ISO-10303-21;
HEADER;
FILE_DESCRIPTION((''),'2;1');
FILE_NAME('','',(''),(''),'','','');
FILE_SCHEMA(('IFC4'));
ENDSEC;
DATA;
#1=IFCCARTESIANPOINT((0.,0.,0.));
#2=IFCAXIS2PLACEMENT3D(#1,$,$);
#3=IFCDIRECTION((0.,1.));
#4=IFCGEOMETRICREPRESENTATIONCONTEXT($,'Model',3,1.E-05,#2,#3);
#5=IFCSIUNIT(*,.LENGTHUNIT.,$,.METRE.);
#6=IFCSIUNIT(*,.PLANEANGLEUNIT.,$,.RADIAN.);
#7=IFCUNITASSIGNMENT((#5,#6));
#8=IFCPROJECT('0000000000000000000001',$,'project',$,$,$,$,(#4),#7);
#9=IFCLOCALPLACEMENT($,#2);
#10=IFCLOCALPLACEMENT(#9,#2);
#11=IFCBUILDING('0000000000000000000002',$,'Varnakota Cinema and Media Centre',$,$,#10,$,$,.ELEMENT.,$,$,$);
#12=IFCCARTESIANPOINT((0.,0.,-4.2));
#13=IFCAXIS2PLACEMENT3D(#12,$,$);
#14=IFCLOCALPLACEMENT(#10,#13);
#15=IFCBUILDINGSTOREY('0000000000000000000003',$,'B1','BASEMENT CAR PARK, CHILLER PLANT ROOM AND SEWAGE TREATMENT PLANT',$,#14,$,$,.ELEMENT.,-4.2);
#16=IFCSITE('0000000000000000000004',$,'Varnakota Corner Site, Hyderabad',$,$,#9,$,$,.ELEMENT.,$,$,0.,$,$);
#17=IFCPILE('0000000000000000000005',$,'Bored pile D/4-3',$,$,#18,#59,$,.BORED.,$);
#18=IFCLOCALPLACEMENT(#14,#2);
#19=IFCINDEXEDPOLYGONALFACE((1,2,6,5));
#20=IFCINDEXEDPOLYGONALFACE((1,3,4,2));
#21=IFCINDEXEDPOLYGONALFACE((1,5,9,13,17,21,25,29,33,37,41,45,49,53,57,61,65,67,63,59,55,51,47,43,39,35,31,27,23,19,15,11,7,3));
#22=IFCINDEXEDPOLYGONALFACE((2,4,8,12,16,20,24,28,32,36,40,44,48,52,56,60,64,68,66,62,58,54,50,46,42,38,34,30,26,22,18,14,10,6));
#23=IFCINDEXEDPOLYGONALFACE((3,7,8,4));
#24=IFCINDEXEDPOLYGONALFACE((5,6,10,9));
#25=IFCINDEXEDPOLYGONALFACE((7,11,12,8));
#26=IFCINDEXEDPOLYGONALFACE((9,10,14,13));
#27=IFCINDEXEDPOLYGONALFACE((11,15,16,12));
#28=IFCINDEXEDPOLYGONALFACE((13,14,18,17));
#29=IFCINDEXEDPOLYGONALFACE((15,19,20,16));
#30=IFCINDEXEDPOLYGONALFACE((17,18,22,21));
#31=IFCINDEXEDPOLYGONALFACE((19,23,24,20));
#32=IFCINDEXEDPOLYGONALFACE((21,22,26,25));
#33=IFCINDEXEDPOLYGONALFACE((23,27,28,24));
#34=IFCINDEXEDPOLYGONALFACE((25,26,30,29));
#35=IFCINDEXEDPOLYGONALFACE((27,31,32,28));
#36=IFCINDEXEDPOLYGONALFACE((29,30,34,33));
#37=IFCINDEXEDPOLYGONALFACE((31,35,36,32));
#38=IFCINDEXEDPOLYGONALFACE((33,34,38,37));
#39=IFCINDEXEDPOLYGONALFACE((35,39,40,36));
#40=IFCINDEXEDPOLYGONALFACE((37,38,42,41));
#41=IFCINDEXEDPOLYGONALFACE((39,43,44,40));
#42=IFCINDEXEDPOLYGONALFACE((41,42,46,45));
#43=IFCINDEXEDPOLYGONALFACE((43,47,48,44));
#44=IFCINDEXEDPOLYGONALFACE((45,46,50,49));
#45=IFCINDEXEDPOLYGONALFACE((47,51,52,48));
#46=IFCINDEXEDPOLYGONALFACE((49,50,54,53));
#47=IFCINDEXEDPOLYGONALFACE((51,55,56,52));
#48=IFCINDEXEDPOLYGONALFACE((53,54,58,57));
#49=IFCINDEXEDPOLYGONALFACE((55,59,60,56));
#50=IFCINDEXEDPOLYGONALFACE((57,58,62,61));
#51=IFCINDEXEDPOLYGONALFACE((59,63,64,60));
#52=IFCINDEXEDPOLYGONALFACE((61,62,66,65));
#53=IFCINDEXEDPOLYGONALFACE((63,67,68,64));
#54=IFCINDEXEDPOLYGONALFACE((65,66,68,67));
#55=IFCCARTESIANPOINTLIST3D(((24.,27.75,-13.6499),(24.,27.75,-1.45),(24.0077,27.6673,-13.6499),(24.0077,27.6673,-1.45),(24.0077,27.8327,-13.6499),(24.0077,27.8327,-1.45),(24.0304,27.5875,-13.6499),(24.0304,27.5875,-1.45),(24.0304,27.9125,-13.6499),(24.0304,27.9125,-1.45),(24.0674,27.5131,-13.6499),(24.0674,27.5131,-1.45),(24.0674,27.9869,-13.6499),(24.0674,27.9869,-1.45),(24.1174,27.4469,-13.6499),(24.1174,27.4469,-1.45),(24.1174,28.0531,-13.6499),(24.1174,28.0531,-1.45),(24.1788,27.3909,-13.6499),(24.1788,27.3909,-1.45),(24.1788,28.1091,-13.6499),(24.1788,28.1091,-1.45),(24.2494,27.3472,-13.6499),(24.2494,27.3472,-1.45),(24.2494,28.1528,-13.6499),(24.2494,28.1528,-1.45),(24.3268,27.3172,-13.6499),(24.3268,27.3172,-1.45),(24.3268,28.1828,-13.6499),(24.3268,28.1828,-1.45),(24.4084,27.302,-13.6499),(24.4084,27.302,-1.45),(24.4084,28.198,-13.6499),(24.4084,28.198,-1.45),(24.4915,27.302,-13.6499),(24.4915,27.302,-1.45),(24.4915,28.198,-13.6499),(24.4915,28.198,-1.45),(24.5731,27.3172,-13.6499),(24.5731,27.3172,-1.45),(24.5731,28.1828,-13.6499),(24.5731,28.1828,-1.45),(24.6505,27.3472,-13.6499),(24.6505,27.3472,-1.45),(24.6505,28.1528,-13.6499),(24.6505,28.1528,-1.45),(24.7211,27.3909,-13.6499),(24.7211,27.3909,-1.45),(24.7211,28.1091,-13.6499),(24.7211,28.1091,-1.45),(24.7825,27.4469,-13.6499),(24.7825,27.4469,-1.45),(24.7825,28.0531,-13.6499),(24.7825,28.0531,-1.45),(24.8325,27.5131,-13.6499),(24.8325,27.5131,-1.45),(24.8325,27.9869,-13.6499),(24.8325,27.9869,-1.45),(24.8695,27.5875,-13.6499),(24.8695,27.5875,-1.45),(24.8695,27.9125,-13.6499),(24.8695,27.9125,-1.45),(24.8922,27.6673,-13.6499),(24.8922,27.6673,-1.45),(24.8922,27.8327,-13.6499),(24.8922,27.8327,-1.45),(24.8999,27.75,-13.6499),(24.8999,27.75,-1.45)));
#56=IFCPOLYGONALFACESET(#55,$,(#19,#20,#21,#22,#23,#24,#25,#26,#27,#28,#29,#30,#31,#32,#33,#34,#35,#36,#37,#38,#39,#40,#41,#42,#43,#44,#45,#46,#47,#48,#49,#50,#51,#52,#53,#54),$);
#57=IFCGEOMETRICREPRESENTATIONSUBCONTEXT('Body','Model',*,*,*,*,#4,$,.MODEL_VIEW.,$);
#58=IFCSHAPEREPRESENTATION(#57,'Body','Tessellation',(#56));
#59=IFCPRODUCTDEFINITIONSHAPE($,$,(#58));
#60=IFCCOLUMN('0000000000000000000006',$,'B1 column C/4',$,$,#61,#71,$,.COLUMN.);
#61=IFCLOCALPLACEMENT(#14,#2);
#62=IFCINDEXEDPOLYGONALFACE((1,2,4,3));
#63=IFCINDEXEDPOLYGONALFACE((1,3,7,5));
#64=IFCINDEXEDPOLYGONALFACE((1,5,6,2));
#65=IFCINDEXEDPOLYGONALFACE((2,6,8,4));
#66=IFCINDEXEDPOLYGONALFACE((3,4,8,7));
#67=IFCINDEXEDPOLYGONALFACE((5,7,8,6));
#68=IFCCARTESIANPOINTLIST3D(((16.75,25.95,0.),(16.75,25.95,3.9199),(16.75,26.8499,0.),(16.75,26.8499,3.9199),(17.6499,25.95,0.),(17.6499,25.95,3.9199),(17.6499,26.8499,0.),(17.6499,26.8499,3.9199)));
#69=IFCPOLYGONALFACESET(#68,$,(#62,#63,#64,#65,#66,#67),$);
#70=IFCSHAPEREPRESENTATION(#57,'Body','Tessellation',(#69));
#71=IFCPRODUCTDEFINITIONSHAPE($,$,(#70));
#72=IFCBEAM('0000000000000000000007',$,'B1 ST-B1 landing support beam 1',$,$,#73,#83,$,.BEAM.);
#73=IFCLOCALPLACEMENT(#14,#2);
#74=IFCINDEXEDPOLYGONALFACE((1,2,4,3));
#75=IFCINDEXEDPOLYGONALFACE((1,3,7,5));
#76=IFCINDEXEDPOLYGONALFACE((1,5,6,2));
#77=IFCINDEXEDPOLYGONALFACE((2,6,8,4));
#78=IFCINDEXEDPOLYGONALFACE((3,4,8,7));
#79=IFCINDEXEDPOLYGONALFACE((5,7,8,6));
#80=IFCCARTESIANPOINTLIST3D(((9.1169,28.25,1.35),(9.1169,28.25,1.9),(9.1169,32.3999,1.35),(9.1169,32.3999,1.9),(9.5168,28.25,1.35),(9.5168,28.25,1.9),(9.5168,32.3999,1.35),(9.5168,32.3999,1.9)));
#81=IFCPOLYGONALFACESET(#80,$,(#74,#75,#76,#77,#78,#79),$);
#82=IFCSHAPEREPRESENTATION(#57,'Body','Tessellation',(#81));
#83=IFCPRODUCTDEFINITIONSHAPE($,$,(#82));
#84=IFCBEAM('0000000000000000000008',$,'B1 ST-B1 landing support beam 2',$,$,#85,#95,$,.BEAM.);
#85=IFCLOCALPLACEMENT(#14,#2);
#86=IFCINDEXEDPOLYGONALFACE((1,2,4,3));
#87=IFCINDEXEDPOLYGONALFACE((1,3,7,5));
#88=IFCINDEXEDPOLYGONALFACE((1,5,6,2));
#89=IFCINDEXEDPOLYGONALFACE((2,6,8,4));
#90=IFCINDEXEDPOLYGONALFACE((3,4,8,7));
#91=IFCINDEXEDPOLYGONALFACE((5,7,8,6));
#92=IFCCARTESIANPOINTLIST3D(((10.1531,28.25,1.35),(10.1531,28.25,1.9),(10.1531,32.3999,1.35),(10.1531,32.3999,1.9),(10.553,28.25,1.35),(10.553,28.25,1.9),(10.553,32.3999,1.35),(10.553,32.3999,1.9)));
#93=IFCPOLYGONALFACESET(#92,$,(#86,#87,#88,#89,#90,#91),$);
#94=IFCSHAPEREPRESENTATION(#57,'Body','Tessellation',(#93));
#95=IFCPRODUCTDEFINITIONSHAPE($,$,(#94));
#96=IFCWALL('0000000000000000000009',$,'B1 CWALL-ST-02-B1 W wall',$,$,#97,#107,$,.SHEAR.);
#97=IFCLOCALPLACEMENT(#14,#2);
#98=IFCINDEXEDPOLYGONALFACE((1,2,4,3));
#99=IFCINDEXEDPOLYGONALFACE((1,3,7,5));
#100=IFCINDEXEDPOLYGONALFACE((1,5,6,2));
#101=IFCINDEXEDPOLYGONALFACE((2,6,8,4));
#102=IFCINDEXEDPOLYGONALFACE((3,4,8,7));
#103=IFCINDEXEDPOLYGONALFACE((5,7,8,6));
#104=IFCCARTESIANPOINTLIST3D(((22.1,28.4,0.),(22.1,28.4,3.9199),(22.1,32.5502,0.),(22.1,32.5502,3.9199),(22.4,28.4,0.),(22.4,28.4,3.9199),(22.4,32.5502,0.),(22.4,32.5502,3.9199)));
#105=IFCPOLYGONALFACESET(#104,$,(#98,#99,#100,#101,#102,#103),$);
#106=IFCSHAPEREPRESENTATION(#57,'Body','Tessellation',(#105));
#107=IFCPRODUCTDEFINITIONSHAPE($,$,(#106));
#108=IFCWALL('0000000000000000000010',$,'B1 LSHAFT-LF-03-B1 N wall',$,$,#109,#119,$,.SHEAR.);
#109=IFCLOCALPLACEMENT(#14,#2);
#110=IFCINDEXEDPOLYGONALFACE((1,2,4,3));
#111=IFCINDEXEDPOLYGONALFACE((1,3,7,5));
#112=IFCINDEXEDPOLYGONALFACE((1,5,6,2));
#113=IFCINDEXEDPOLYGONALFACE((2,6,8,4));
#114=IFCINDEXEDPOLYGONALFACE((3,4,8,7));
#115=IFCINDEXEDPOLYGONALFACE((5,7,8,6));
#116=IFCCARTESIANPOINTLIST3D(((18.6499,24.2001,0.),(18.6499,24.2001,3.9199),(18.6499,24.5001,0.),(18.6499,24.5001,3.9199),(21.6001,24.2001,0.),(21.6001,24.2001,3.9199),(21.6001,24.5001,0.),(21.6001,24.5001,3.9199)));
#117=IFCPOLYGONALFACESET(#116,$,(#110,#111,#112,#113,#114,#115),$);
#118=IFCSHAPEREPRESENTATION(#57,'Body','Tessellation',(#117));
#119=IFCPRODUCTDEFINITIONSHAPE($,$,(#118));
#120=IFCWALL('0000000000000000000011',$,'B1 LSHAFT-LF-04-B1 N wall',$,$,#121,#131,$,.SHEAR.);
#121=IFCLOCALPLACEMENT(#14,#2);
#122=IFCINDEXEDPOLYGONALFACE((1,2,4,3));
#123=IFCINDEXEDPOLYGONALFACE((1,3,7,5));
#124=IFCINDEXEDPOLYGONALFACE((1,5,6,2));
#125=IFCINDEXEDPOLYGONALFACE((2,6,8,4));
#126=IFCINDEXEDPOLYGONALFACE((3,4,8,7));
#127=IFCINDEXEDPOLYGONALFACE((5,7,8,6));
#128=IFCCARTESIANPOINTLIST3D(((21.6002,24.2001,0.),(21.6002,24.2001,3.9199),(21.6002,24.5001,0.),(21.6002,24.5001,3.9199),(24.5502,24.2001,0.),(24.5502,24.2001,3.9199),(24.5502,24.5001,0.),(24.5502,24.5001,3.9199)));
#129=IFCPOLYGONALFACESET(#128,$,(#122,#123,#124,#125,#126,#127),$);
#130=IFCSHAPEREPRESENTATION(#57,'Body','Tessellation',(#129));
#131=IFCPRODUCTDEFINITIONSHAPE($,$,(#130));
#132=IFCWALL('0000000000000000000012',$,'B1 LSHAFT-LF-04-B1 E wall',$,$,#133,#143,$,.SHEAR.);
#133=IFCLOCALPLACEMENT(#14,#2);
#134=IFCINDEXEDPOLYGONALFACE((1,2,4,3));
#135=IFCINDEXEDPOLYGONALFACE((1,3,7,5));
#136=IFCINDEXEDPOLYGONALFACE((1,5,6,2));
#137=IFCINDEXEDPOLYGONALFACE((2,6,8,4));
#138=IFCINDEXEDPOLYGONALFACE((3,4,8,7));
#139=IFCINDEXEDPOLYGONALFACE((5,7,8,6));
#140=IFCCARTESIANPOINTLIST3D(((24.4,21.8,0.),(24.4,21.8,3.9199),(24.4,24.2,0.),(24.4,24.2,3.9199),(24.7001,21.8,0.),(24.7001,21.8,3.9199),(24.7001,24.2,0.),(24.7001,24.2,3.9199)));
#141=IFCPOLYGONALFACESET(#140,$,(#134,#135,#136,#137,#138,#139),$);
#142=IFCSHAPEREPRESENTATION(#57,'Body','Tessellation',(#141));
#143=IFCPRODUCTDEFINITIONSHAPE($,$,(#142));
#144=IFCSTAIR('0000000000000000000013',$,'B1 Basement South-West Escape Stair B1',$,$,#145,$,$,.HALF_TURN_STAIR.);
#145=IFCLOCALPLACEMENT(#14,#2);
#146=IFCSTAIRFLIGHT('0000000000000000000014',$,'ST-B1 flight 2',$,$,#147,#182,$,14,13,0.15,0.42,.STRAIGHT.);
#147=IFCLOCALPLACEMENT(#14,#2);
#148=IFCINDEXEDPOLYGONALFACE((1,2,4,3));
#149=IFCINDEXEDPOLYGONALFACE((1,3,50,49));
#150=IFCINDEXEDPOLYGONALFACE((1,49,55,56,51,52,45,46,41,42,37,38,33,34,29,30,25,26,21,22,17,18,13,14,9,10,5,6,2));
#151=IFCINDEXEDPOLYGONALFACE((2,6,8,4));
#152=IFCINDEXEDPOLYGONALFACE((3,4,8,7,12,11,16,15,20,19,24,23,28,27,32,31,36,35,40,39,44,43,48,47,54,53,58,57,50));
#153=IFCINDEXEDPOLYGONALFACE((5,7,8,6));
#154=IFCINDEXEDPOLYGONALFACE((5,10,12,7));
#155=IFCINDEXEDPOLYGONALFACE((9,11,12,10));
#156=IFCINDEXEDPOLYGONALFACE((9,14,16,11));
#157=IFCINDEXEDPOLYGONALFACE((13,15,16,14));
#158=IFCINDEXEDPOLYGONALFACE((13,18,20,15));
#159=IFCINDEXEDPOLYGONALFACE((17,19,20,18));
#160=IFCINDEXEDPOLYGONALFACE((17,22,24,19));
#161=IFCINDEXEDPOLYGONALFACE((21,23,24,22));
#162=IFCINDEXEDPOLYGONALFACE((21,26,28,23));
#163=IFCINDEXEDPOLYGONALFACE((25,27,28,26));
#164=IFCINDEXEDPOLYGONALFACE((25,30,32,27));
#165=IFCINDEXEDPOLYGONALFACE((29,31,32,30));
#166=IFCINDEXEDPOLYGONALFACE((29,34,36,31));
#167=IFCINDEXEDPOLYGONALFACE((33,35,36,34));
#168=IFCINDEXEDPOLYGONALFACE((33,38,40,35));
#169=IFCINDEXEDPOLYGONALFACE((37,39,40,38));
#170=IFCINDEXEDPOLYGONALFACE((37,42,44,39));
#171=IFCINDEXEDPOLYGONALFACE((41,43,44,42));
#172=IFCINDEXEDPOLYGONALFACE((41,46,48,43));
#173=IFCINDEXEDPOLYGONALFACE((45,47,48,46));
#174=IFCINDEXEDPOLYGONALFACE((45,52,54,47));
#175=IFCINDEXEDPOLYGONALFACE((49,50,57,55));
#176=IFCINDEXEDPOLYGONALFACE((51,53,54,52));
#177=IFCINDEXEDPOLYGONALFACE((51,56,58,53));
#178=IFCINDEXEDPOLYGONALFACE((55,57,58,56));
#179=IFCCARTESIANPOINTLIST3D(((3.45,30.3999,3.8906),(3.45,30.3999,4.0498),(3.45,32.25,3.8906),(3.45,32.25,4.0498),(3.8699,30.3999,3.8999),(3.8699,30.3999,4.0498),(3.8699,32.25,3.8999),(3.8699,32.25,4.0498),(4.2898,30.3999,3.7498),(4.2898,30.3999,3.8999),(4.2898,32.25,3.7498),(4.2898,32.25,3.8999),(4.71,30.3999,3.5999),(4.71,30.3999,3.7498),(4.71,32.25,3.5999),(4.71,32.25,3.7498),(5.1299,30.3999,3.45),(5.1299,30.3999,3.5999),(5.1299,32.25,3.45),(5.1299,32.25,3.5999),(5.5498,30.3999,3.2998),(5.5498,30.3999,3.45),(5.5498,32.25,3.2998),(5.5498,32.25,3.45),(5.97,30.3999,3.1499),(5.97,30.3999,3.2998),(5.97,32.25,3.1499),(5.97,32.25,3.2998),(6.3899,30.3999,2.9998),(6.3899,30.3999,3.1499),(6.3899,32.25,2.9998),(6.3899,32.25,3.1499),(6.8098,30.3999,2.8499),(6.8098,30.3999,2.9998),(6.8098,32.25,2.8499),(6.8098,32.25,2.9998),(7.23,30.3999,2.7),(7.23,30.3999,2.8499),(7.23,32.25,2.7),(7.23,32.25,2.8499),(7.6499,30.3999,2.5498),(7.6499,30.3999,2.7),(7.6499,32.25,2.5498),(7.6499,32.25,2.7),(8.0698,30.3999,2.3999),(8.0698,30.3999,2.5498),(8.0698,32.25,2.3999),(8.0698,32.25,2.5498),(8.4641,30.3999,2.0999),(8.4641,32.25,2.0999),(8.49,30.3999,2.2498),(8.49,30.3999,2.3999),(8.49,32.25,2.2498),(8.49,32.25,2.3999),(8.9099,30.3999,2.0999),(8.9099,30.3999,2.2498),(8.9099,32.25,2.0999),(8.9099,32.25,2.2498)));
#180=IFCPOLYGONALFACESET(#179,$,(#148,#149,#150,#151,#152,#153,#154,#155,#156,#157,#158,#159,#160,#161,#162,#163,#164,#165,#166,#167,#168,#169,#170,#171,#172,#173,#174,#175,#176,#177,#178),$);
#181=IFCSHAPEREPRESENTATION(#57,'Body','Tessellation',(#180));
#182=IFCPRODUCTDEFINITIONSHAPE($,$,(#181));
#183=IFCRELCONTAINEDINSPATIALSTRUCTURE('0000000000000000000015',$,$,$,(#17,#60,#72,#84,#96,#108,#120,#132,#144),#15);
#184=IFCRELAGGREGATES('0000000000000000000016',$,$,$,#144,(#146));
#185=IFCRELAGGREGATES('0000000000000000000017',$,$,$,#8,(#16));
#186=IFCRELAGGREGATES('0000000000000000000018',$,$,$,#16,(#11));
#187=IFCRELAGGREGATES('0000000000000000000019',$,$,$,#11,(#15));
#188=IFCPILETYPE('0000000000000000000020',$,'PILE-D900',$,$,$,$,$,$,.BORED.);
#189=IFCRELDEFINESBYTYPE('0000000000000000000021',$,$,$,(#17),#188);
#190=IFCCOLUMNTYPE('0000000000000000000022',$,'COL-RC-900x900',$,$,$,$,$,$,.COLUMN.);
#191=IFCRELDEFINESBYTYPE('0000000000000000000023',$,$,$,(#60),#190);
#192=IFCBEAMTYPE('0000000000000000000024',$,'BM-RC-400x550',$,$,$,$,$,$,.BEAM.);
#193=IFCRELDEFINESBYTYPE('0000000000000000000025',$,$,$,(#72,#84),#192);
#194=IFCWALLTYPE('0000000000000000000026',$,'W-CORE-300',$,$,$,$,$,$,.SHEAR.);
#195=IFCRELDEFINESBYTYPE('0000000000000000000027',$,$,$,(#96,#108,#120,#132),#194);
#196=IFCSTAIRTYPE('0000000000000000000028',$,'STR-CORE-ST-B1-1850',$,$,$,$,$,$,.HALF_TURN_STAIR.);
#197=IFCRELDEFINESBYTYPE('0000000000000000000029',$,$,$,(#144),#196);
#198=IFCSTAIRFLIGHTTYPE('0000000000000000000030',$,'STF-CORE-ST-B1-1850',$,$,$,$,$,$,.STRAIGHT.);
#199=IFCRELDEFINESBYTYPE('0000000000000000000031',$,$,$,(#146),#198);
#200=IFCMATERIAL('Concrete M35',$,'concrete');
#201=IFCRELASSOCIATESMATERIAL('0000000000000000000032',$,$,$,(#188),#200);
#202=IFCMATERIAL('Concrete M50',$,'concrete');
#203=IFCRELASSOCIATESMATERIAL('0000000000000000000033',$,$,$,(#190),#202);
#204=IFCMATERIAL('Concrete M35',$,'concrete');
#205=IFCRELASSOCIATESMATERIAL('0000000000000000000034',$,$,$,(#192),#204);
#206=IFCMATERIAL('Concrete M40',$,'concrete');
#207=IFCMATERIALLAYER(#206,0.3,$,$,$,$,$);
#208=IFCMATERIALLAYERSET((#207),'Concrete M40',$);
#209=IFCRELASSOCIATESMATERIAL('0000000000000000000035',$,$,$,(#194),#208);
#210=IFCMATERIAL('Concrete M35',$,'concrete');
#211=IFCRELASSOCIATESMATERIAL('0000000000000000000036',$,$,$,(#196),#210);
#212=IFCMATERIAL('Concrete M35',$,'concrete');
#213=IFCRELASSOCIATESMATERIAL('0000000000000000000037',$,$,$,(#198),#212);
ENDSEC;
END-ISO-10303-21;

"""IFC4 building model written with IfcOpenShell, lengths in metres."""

from ifc_helpers import new_model, si_unit, direction, frame, frame_2d, origin, origin_2d, place, context, subcontext, project, spatial, polyline, rectangle, circle, outline, extrude, material, layer, layer_set, material_profile, profile_set, type_object, element, aggregate, save


model = new_model("IFC4")

# Units and contexts
model_context = context("Model", 3, precision=1e-05, world=origin(), true_north=direction((0.0, 1.0)))
body_context = subcontext(model_context, "Body", "Model", "MODEL_VIEW")
ifc_project = project(units=[si_unit("LENGTHUNIT", "METRE"), si_unit("PLANEANGLEUNIT", "RADIAN")], contexts=[model_context])

# Site, building, storey
site_placement = place(None, origin())
site = spatial("IfcSite", under=ifc_project, at=site_placement, Name="Varnakota Corner Site, Hyderabad", CompositionType="ELEMENT", RefElevation=0.0)
building_placement = place(site_placement, origin())
building = spatial("IfcBuilding", under=site, at=building_placement, Name="Varnakota Cinema and Media Centre", CompositionType="ELEMENT")
storey_placement = place(building_placement, frame((0.0, 0.0, -4.2)))
storey = spatial("IfcBuildingStorey", under=building, at=storey_placement, Name="B1", Description="BASEMENT CAR PARK, CHILLER PLANT ROOM AND SEWAGE TREATMENT PLANT", CompositionType="ELEMENT", Elevation=-4.2)

# Pile
ifc_material_1 = material(Name="Concrete M35", Category="concrete")
ifc_material_profile_1 = material_profile(ifc_material_1, circle(Radius=0.45, at=origin_2d()), Name="PILE D900")
ifc_profile_set_1 = profile_set([ifc_material_profile_1], Name="Concrete M35")
pile_type_1 = type_object("IfcPileType", Name="PILE-D900", PredefinedType="BORED", material=ifc_profile_set_1)
for number, where, z_axis, x_axis, name in (
    (1, (24.45, 27.75, -1.45), (0.0, 0.0, -1.0), (1.0, 0.0, 0.0), "Bored pile D/4-3"),
):
    element("IfcPile", number, at=place(storey_placement, frame(where, z_axis=z_axis, x_axis=x_axis)), inside=storey, type_object=pile_type_1, Name=name, PredefinedType="BORED", context=body_context, shape_type="SweptSolid", body=[
        extrude(circle(Radius=0.45, at=origin_2d()), origin(), (0.0, 0.0, 1.0), 12.2),
    ])

# Column
ifc_material_2 = material(Name="Concrete M50", Category="concrete")
ifc_material_profile_2 = material_profile(ifc_material_2, rectangle(XDim=0.8999, YDim=0.8999, at=origin_2d()), Name="RC 900x900")
ifc_profile_set_2 = profile_set([ifc_material_profile_2], Name="Concrete M50")
column_type = type_object("IfcColumnType", Name="COL-RC-900x900", PredefinedType="COLUMN", material=ifc_profile_set_2)
column_placement = place(storey_placement, frame((17.2, 26.3999, 0.0), z_axis=(0.0, 0.0, 1.0), x_axis=(1.0, 0.0, 0.0)))
element("IfcColumn", 2, at=column_placement, inside=storey, type_object=column_type, Name="B1 column C/4", PredefinedType="COLUMN", context=body_context, shape_type="SweptSolid", body=[
    extrude(rectangle(XDim=0.8999, YDim=0.8999, at=origin_2d()), origin(), (0.0, 0.0, 1.0), 3.9199),
])

# Beams
ifc_material_3 = material(Name="Concrete M35", Category="concrete")
ifc_material_profile_3 = material_profile(ifc_material_3, rectangle(XDim=0.3999, YDim=0.55, at=origin_2d()), Name="RCB 400x550")
ifc_profile_set_3 = profile_set([ifc_material_profile_3], Name="Concrete M35")
beam_type = type_object("IfcBeamType", Name="BM-RC-400x550", PredefinedType="BEAM", material=ifc_profile_set_3)
for number, where, z_axis, x_axis, name in (
    (3, (9.3169, 28.25, 1.625), (0.0, 1.0, 0.0), (-1.0, 0.0, 0.0), "B1 ST-B1 landing support beam 1"),
    (4, (10.353, 28.25, 1.625), (0.0, 1.0, 0.0), (-1.0, 0.0, 0.0), "B1 ST-B1 landing support beam 2"),
):
    element("IfcBeam", number, at=place(storey_placement, frame(where, z_axis=z_axis, x_axis=x_axis)), inside=storey, type_object=beam_type, Name=name, PredefinedType="BEAM", context=body_context, shape_type="SweptSolid", body=[
        extrude(rectangle(XDim=0.3999, YDim=0.55, at=origin_2d()), origin(), (0.0, 0.0, 1.0), 4.1499),
    ])

# Wall
ifc_material_4 = material(Name="Concrete M40", Category="concrete")
ifc_layer_1 = layer(ifc_material_4, 0.3)
ifc_layer_set_1 = layer_set([ifc_layer_1], Name="Concrete M40")
wall_type = type_object("IfcWallType", Name="W-CORE-300", PredefinedType="SHEAR", material=ifc_layer_set_1)
wall_1_placement = place(storey_placement, frame((22.25, 28.3999, 0.0), z_axis=(0.0, 0.0, 1.0), x_axis=(0.0, 1.0, 0.0)))
element("IfcWall", 5, at=wall_1_placement, inside=storey, type_object=wall_type, Name="B1 CWALL-ST-02-B1 W wall", PredefinedType="SHEAR", context=body_context, shape_type="SweptSolid", body=[
    extrude(rectangle(XDim=4.1501, YDim=0.3, at=frame_2d((2.0752, 0.0))), origin(), (0.0, 0.0, 1.0), 3.9199),
])

# Walls
wall_2_placement = place(storey_placement, frame((18.6499, 24.3501, 0.0), z_axis=(0.0, 0.0, 1.0), x_axis=(1.0, 0.0, 0.0)))
element("IfcWall", 6, at=wall_2_placement, inside=storey, type_object=wall_type, Name="B1 LSHAFT-LF-03-B1 N wall", PredefinedType="SHEAR", context=body_context, shape_type="SweptSolid", body=[
    extrude(rectangle(XDim=2.9502, YDim=0.3, at=frame_2d((1.4751, 0.0))), origin(), (0.0, 0.0, 1.0), 3.9199),
])
wall_3_placement = place(storey_placement, frame((21.6001, 24.3501, 0.0), z_axis=(0.0, 0.0, 1.0), x_axis=(1.0, 0.0, 0.0)))
element("IfcWall", 7, at=wall_3_placement, inside=storey, type_object=wall_type, Name="B1 LSHAFT-LF-04-B1 N wall", PredefinedType="SHEAR", context=body_context, shape_type="SweptSolid", body=[
    extrude(rectangle(XDim=2.95, YDim=0.3, at=frame_2d((1.4751, 0.0))), origin(), (0.0, 0.0, 1.0), 3.9199),
])
wall_4_placement = place(storey_placement, frame((24.55, 24.2, 0.0), z_axis=(0.0, 0.0, 1.0), x_axis=(0.0, -1.0, 0.0)))
element("IfcWall", 8, at=wall_4_placement, inside=storey, type_object=wall_type, Name="B1 LSHAFT-LF-04-B1 E wall", PredefinedType="SHEAR", context=body_context, shape_type="SweptSolid", body=[
    extrude(rectangle(XDim=2.3999, YDim=0.3, at=frame_2d((1.2, 0.0))), origin(), (0.0, 0.0, 1.0), 3.9199),
])

# Stair, stair flight
ifc_material_5 = material(Name="Concrete M35", Category="concrete")
stair_type = type_object("IfcStairType", Name="STR-CORE-ST-B1-1850", PredefinedType="HALF_TURN_STAIR", material=ifc_material_5)
stair_placement = place(storey_placement, origin())
stair = element("IfcStair", 9, at=stair_placement, inside=storey, type_object=stair_type, Name="B1 Basement South-West Escape Stair B1", PredefinedType="HALF_TURN_STAIR")
ifc_material_6 = material(Name="Concrete M35", Category="concrete")
stair_flight_type = type_object("IfcStairFlightType", Name="STF-CORE-ST-B1-1850", PredefinedType="STRAIGHT", material=ifc_material_6)
stair_flight_placement = place(storey_placement, frame((8.9099, 31.325, 2.0999), z_axis=(0.0, 0.0, 1.0), x_axis=(-1.0, 0.0, 0.0)))
stair_flight = element("IfcStairFlight", 10, at=stair_flight_placement, type_object=stair_flight_type, Name="ST-B1 flight 2", NumberOfRisers=14, NumberOfTreads=13, PredefinedType="STRAIGHT", RiserHeight=0.15, TreadLength=0.42, context=body_context, shape_type="SweptSolid", body=[
    extrude(outline(polyline([(0.0, 0.0), (0.0, 0.1499), (0.4199, 0.1499), (0.4199, 0.3), (0.8401, 0.3), (0.8401, 0.45), (1.26, 0.45), (1.26, 0.6001), (1.6799, 0.6001), (1.6799, 0.75), (2.1001, 0.75), (2.1001, 0.8999), (2.52, 0.8999), (2.52, 1.05), (2.9399, 1.05), (2.9399, 1.2), (3.3601, 1.2), (3.3601, 1.3501), (3.78, 1.3501), (3.78, 1.5), (4.2, 1.5), (4.2, 1.6499), (4.6201, 1.6499), (4.6201, 1.8), (5.04, 1.8), (5.04, 1.95), (5.46, 1.95), (5.46, 2.1001), (5.46, 1.7908), (0.4458, 0.0), (0.0, 0.0)])), frame((0.0, 0.925, 0.0), z_axis=(0.0, -1.0, 0.0), x_axis=(1.0, 0.0, 0.0)), (0.0, 0.0, 1.0), 1.8501),
])
aggregate(stair, [stair_flight])

save(model, "model.ifc")
